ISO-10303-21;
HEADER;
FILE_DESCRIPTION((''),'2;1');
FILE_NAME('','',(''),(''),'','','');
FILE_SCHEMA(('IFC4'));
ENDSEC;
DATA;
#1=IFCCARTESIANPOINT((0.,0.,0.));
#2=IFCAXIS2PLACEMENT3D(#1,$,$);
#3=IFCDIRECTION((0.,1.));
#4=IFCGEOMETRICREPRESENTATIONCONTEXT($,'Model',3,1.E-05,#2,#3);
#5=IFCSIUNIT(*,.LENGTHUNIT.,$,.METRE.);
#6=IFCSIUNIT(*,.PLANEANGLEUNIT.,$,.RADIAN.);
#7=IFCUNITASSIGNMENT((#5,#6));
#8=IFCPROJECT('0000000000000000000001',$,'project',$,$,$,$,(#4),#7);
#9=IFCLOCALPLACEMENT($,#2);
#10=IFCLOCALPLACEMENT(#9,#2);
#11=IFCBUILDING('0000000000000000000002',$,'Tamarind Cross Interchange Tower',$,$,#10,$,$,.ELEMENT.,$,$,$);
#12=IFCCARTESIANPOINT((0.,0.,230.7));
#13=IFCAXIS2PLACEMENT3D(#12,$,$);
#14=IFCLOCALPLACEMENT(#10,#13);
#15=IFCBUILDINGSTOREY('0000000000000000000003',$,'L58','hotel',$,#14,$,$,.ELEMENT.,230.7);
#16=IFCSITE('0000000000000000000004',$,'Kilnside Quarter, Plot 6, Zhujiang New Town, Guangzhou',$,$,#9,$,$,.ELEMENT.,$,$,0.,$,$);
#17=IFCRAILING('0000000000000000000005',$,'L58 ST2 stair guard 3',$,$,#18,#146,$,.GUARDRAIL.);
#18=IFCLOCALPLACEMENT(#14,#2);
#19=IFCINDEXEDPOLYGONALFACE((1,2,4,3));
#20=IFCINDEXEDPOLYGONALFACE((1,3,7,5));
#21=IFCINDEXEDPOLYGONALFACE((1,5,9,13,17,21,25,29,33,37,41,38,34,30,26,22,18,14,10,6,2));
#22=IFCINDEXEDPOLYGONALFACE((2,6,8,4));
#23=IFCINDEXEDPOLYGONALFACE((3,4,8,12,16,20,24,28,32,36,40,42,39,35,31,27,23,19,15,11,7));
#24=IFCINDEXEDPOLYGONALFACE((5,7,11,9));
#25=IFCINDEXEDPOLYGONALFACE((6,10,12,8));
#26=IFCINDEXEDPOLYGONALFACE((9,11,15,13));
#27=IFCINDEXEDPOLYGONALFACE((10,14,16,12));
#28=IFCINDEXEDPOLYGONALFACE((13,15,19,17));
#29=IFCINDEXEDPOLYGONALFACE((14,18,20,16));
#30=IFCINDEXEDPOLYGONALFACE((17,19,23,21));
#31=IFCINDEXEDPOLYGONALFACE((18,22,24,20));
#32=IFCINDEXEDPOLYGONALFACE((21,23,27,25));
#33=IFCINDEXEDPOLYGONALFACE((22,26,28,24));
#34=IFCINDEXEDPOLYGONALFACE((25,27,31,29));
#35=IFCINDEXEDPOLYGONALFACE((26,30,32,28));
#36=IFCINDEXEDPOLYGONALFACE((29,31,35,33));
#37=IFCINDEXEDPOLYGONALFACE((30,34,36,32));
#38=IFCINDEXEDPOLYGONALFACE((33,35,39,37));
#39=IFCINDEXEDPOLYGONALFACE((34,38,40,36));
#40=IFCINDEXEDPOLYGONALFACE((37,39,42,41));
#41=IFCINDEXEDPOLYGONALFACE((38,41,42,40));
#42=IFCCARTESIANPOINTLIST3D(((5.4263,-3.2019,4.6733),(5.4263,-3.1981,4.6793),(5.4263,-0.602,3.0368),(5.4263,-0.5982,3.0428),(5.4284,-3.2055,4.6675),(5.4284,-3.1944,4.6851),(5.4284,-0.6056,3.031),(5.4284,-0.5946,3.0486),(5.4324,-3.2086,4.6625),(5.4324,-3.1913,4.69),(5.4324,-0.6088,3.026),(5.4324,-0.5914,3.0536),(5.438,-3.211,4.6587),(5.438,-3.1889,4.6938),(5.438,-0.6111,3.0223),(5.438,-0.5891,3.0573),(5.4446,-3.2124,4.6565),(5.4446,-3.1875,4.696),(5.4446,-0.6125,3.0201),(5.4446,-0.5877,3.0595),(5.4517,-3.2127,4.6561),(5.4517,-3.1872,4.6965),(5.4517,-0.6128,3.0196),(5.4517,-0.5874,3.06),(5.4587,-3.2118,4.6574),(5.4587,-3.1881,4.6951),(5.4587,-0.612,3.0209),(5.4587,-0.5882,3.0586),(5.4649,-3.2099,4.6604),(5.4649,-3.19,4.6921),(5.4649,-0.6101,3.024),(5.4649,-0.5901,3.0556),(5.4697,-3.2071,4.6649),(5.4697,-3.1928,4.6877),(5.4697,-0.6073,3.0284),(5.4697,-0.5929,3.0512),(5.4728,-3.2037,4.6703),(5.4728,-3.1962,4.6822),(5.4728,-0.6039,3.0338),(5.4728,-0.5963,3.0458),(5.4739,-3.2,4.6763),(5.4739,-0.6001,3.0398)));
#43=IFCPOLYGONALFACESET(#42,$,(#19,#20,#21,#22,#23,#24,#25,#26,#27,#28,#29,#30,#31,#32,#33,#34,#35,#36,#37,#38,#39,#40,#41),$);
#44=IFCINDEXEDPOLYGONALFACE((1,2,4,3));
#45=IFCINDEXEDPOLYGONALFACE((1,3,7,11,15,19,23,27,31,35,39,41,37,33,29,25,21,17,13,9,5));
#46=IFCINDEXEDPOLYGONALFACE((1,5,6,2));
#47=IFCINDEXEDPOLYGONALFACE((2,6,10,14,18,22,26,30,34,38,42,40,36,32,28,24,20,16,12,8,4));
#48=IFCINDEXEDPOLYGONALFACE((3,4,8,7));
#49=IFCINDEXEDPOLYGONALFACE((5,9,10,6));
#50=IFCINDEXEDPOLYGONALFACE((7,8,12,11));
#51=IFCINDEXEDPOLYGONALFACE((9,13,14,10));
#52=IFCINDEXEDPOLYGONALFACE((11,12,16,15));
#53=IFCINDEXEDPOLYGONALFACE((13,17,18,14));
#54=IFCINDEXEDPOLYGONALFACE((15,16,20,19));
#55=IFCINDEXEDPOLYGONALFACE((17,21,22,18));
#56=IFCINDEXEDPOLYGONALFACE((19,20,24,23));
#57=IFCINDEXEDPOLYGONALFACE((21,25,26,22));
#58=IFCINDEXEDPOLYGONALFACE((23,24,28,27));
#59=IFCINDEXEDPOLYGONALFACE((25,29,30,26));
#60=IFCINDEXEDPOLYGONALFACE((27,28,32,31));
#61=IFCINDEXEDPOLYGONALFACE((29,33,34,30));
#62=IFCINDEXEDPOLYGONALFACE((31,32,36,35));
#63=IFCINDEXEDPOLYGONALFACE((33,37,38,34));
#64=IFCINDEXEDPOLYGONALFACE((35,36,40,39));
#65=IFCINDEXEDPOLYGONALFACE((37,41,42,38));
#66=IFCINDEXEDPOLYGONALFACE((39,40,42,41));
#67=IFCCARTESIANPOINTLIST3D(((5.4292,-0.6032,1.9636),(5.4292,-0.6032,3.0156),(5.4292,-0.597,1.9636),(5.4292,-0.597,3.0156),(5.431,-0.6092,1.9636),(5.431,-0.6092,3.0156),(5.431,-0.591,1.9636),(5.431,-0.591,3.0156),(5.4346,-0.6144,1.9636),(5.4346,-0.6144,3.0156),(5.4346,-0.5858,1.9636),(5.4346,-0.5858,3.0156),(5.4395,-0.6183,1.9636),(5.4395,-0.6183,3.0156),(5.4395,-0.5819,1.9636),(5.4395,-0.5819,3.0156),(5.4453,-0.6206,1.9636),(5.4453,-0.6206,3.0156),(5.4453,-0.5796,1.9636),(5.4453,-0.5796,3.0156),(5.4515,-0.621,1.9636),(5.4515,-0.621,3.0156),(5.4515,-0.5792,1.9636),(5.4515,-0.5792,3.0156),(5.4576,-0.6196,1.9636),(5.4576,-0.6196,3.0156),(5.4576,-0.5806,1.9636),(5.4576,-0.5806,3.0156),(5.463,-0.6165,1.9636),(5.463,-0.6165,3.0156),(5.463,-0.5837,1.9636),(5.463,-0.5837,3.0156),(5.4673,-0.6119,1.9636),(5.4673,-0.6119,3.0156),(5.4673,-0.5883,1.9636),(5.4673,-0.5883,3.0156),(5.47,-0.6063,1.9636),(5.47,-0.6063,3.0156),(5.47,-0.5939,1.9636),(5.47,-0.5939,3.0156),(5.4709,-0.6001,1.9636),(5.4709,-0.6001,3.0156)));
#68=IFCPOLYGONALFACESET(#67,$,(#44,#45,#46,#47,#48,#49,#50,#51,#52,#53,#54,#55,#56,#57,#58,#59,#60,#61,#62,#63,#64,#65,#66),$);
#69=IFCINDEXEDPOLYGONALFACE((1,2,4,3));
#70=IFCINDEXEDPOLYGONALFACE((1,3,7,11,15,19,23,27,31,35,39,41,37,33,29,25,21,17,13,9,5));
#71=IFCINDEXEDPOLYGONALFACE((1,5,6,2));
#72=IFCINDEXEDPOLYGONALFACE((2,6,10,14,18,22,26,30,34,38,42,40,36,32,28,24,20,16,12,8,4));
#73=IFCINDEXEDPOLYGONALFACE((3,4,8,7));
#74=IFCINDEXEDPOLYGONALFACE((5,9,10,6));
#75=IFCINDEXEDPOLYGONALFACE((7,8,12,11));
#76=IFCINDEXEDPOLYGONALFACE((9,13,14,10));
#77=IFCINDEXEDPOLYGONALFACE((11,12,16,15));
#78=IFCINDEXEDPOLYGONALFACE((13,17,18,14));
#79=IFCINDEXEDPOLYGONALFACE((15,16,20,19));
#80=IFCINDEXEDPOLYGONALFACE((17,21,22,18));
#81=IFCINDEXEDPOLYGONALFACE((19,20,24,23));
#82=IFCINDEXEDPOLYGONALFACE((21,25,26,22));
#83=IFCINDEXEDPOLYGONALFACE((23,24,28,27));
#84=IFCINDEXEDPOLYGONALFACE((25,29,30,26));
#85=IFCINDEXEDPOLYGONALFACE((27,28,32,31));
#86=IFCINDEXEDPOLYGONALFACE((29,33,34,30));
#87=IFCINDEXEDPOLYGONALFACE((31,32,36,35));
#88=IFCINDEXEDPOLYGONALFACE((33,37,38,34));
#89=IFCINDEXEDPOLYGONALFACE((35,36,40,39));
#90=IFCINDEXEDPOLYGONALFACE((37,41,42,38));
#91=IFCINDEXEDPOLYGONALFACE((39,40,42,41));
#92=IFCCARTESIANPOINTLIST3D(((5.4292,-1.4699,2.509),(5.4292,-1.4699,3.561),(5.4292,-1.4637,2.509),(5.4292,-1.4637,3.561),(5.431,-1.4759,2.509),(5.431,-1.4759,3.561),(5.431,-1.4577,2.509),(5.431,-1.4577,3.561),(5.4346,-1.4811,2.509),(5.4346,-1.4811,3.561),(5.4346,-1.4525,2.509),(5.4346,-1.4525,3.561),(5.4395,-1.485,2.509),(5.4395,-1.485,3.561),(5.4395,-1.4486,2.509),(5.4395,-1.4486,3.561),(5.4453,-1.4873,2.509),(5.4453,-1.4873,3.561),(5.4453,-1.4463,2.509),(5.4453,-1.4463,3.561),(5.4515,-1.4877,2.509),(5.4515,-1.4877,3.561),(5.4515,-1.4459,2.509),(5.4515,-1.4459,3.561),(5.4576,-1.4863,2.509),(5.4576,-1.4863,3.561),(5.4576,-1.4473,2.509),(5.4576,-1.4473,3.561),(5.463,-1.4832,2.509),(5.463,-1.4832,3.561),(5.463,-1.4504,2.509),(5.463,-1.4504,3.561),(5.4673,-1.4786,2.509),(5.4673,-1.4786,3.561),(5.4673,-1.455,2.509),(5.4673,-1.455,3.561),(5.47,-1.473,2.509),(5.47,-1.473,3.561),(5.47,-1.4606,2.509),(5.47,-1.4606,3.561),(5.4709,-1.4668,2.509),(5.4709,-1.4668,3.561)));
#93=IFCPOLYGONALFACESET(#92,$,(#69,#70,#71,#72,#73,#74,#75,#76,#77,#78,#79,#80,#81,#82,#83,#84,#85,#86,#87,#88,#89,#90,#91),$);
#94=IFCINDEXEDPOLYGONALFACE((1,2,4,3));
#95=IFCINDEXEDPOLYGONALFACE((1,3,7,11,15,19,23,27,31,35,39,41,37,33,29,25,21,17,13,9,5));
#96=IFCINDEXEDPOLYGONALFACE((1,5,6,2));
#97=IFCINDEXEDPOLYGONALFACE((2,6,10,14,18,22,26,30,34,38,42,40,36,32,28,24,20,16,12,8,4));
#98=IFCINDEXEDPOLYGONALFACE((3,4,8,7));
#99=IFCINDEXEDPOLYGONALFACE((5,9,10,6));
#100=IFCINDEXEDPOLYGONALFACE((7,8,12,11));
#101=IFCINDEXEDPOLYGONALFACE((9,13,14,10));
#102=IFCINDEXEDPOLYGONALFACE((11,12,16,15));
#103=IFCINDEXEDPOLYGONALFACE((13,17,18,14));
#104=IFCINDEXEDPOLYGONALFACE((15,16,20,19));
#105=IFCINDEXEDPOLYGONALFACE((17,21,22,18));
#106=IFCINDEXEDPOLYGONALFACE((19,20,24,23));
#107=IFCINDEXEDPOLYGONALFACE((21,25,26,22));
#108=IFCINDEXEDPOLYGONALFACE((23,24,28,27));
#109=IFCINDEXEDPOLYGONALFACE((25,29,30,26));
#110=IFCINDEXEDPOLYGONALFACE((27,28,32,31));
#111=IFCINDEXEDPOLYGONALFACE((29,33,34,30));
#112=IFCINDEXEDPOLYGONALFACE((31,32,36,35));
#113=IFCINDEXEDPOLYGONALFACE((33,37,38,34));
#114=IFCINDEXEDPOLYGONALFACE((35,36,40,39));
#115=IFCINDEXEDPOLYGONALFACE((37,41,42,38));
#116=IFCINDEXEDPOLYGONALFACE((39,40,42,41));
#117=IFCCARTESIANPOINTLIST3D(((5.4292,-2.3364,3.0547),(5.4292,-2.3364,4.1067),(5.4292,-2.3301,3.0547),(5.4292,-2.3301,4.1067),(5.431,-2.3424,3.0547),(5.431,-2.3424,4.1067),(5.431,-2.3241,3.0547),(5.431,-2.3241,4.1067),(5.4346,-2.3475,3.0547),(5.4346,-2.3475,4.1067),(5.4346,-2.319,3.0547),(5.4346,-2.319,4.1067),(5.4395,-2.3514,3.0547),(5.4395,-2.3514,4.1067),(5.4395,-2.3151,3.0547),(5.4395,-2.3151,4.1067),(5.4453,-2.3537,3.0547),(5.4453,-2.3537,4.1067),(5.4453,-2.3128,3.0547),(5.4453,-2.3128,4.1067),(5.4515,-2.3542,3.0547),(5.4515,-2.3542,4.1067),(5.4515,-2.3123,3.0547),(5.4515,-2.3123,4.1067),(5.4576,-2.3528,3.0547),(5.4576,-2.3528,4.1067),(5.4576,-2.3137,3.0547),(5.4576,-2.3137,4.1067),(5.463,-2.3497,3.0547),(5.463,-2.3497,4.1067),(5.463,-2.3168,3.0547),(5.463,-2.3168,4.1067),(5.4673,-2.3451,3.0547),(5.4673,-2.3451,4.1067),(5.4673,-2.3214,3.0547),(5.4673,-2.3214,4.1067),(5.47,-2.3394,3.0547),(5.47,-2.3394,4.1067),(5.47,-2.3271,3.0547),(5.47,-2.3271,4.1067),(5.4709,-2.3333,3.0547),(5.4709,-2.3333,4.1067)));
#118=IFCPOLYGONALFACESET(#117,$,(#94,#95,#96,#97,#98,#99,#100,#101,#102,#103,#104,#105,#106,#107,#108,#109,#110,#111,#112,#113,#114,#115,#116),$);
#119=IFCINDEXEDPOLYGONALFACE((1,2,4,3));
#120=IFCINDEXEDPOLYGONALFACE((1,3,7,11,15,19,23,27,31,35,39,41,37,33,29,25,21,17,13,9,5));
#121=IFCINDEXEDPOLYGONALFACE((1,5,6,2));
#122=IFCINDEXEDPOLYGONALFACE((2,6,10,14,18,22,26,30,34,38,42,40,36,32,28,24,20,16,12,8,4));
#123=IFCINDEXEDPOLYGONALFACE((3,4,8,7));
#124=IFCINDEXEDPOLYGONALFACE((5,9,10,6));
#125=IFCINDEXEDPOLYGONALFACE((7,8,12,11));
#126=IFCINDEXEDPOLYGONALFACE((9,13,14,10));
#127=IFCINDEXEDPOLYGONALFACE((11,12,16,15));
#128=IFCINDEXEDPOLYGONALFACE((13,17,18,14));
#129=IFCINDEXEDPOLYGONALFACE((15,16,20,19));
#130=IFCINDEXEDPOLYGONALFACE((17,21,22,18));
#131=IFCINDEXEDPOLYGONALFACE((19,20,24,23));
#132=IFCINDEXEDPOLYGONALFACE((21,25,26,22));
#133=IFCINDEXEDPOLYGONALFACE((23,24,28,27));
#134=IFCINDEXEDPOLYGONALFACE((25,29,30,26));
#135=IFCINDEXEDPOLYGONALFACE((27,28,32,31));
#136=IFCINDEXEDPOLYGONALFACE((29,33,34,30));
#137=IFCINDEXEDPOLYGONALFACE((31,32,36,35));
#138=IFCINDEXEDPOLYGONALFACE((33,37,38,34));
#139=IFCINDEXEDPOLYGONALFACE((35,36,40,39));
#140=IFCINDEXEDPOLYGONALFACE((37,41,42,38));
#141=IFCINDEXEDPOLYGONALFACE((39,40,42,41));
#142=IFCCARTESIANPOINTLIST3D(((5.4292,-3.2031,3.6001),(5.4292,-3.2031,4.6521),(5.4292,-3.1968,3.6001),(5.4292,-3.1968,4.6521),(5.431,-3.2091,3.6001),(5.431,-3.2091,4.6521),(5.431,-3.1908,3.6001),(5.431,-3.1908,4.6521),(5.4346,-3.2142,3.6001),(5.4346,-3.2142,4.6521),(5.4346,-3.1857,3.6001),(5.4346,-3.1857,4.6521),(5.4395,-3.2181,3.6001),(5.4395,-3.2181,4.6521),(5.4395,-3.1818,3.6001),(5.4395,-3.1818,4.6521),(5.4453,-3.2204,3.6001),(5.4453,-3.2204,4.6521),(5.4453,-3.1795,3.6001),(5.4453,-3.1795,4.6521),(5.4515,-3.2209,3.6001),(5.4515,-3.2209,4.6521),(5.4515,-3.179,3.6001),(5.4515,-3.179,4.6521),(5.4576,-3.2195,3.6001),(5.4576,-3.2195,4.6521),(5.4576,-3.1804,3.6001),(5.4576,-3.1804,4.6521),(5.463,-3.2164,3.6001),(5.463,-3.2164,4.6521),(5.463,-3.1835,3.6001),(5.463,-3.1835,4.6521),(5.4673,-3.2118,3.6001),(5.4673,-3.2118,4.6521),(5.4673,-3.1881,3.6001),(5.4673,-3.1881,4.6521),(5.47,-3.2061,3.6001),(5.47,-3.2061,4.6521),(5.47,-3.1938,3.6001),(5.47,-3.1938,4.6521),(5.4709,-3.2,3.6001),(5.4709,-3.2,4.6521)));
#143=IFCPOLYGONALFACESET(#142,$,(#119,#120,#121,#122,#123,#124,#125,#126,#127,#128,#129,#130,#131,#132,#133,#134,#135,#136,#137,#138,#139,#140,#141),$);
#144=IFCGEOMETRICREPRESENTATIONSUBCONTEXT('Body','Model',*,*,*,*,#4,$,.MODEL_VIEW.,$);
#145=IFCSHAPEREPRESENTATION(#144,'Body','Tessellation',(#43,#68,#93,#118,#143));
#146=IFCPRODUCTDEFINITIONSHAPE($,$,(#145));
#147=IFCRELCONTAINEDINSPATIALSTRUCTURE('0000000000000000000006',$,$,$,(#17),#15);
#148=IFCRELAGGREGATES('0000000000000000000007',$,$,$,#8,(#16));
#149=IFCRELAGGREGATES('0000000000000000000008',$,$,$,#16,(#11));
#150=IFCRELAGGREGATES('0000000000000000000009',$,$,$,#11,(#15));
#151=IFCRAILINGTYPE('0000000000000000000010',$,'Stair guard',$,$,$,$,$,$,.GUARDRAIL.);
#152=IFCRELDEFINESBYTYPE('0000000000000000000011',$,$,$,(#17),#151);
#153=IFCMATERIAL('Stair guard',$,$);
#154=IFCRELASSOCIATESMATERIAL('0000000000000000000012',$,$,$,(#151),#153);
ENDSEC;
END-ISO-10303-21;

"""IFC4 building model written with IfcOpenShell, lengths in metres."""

from ifc_helpers import new_model, si_unit, direction, frame, origin, origin_2d, place, context, subcontext, project, spatial, circle, extrude, material, type_object, element, save


model = new_model("IFC4")

# Units and contexts
model_context = context("Model", 3, precision=1e-05, world=origin(), true_north=direction((0.0, 1.0)))
body_context = subcontext(model_context, "Body", "Model", "MODEL_VIEW")
ifc_project = project(units=[si_unit("LENGTHUNIT", "METRE"), si_unit("PLANEANGLEUNIT", "RADIAN")], contexts=[model_context])

# Site, building, storey
site_placement = place(None, origin())
site = spatial("IfcSite", under=ifc_project, at=site_placement, Name="Kilnside Quarter, Plot 6, Zhujiang New Town, Guangzhou", CompositionType="ELEMENT", RefElevation=0.0)
building_placement = place(site_placement, origin())
building = spatial("IfcBuilding", under=site, at=building_placement, Name="Tamarind Cross Interchange Tower", CompositionType="ELEMENT")
storey_placement = place(building_placement, frame((0.0, 0.0, 230.7)))
storey = spatial("IfcBuildingStorey", under=building, at=storey_placement, Name="L58", Description="hotel", CompositionType="ELEMENT", Elevation=230.7)

# Railing
ifc_material_1 = material(Name="Stair guard")
railing_type_1 = type_object("IfcRailingType", Name="Stair guard", PredefinedType="GUARDRAIL", material=ifc_material_1)
railing_1_placement = place(storey_placement, frame((5.45, -0.6001, 1.9636)))
element("IfcRailing", 1, at=railing_1_placement, inside=storey, type_object=railing_type_1, Name="L58 ST2 stair guard 3", PredefinedType="GUARDRAIL", context=body_context, shape_type="SweptSolid", body=[
    extrude(circle(Radius=0.0239, at=origin_2d()), frame((0.0, 0.0, 1.0762), z_axis=(0.0, -0.846302, 0.532704), x_axis=(1.0, 0.0, 0.0)), (0.0, 0.0, 1.0), 3.072),
    extrude(circle(Radius=0.021, at=origin_2d()), origin(), (0.0, 0.0, 1.0), 1.052),
    extrude(circle(Radius=0.021, at=origin_2d()), frame((0.0, -0.8667, 0.5454)), (0.0, 0.0, 1.0), 1.052),
    extrude(circle(Radius=0.021, at=origin_2d()), frame((0.0, -1.7332, 1.0911)), (0.0, 0.0, 1.0), 1.052),
    extrude(circle(Radius=0.021, at=origin_2d()), frame((0.0, -2.5999, 1.6365)), (0.0, 0.0, 1.0), 1.052),
])

save(model, "model.ifc")
